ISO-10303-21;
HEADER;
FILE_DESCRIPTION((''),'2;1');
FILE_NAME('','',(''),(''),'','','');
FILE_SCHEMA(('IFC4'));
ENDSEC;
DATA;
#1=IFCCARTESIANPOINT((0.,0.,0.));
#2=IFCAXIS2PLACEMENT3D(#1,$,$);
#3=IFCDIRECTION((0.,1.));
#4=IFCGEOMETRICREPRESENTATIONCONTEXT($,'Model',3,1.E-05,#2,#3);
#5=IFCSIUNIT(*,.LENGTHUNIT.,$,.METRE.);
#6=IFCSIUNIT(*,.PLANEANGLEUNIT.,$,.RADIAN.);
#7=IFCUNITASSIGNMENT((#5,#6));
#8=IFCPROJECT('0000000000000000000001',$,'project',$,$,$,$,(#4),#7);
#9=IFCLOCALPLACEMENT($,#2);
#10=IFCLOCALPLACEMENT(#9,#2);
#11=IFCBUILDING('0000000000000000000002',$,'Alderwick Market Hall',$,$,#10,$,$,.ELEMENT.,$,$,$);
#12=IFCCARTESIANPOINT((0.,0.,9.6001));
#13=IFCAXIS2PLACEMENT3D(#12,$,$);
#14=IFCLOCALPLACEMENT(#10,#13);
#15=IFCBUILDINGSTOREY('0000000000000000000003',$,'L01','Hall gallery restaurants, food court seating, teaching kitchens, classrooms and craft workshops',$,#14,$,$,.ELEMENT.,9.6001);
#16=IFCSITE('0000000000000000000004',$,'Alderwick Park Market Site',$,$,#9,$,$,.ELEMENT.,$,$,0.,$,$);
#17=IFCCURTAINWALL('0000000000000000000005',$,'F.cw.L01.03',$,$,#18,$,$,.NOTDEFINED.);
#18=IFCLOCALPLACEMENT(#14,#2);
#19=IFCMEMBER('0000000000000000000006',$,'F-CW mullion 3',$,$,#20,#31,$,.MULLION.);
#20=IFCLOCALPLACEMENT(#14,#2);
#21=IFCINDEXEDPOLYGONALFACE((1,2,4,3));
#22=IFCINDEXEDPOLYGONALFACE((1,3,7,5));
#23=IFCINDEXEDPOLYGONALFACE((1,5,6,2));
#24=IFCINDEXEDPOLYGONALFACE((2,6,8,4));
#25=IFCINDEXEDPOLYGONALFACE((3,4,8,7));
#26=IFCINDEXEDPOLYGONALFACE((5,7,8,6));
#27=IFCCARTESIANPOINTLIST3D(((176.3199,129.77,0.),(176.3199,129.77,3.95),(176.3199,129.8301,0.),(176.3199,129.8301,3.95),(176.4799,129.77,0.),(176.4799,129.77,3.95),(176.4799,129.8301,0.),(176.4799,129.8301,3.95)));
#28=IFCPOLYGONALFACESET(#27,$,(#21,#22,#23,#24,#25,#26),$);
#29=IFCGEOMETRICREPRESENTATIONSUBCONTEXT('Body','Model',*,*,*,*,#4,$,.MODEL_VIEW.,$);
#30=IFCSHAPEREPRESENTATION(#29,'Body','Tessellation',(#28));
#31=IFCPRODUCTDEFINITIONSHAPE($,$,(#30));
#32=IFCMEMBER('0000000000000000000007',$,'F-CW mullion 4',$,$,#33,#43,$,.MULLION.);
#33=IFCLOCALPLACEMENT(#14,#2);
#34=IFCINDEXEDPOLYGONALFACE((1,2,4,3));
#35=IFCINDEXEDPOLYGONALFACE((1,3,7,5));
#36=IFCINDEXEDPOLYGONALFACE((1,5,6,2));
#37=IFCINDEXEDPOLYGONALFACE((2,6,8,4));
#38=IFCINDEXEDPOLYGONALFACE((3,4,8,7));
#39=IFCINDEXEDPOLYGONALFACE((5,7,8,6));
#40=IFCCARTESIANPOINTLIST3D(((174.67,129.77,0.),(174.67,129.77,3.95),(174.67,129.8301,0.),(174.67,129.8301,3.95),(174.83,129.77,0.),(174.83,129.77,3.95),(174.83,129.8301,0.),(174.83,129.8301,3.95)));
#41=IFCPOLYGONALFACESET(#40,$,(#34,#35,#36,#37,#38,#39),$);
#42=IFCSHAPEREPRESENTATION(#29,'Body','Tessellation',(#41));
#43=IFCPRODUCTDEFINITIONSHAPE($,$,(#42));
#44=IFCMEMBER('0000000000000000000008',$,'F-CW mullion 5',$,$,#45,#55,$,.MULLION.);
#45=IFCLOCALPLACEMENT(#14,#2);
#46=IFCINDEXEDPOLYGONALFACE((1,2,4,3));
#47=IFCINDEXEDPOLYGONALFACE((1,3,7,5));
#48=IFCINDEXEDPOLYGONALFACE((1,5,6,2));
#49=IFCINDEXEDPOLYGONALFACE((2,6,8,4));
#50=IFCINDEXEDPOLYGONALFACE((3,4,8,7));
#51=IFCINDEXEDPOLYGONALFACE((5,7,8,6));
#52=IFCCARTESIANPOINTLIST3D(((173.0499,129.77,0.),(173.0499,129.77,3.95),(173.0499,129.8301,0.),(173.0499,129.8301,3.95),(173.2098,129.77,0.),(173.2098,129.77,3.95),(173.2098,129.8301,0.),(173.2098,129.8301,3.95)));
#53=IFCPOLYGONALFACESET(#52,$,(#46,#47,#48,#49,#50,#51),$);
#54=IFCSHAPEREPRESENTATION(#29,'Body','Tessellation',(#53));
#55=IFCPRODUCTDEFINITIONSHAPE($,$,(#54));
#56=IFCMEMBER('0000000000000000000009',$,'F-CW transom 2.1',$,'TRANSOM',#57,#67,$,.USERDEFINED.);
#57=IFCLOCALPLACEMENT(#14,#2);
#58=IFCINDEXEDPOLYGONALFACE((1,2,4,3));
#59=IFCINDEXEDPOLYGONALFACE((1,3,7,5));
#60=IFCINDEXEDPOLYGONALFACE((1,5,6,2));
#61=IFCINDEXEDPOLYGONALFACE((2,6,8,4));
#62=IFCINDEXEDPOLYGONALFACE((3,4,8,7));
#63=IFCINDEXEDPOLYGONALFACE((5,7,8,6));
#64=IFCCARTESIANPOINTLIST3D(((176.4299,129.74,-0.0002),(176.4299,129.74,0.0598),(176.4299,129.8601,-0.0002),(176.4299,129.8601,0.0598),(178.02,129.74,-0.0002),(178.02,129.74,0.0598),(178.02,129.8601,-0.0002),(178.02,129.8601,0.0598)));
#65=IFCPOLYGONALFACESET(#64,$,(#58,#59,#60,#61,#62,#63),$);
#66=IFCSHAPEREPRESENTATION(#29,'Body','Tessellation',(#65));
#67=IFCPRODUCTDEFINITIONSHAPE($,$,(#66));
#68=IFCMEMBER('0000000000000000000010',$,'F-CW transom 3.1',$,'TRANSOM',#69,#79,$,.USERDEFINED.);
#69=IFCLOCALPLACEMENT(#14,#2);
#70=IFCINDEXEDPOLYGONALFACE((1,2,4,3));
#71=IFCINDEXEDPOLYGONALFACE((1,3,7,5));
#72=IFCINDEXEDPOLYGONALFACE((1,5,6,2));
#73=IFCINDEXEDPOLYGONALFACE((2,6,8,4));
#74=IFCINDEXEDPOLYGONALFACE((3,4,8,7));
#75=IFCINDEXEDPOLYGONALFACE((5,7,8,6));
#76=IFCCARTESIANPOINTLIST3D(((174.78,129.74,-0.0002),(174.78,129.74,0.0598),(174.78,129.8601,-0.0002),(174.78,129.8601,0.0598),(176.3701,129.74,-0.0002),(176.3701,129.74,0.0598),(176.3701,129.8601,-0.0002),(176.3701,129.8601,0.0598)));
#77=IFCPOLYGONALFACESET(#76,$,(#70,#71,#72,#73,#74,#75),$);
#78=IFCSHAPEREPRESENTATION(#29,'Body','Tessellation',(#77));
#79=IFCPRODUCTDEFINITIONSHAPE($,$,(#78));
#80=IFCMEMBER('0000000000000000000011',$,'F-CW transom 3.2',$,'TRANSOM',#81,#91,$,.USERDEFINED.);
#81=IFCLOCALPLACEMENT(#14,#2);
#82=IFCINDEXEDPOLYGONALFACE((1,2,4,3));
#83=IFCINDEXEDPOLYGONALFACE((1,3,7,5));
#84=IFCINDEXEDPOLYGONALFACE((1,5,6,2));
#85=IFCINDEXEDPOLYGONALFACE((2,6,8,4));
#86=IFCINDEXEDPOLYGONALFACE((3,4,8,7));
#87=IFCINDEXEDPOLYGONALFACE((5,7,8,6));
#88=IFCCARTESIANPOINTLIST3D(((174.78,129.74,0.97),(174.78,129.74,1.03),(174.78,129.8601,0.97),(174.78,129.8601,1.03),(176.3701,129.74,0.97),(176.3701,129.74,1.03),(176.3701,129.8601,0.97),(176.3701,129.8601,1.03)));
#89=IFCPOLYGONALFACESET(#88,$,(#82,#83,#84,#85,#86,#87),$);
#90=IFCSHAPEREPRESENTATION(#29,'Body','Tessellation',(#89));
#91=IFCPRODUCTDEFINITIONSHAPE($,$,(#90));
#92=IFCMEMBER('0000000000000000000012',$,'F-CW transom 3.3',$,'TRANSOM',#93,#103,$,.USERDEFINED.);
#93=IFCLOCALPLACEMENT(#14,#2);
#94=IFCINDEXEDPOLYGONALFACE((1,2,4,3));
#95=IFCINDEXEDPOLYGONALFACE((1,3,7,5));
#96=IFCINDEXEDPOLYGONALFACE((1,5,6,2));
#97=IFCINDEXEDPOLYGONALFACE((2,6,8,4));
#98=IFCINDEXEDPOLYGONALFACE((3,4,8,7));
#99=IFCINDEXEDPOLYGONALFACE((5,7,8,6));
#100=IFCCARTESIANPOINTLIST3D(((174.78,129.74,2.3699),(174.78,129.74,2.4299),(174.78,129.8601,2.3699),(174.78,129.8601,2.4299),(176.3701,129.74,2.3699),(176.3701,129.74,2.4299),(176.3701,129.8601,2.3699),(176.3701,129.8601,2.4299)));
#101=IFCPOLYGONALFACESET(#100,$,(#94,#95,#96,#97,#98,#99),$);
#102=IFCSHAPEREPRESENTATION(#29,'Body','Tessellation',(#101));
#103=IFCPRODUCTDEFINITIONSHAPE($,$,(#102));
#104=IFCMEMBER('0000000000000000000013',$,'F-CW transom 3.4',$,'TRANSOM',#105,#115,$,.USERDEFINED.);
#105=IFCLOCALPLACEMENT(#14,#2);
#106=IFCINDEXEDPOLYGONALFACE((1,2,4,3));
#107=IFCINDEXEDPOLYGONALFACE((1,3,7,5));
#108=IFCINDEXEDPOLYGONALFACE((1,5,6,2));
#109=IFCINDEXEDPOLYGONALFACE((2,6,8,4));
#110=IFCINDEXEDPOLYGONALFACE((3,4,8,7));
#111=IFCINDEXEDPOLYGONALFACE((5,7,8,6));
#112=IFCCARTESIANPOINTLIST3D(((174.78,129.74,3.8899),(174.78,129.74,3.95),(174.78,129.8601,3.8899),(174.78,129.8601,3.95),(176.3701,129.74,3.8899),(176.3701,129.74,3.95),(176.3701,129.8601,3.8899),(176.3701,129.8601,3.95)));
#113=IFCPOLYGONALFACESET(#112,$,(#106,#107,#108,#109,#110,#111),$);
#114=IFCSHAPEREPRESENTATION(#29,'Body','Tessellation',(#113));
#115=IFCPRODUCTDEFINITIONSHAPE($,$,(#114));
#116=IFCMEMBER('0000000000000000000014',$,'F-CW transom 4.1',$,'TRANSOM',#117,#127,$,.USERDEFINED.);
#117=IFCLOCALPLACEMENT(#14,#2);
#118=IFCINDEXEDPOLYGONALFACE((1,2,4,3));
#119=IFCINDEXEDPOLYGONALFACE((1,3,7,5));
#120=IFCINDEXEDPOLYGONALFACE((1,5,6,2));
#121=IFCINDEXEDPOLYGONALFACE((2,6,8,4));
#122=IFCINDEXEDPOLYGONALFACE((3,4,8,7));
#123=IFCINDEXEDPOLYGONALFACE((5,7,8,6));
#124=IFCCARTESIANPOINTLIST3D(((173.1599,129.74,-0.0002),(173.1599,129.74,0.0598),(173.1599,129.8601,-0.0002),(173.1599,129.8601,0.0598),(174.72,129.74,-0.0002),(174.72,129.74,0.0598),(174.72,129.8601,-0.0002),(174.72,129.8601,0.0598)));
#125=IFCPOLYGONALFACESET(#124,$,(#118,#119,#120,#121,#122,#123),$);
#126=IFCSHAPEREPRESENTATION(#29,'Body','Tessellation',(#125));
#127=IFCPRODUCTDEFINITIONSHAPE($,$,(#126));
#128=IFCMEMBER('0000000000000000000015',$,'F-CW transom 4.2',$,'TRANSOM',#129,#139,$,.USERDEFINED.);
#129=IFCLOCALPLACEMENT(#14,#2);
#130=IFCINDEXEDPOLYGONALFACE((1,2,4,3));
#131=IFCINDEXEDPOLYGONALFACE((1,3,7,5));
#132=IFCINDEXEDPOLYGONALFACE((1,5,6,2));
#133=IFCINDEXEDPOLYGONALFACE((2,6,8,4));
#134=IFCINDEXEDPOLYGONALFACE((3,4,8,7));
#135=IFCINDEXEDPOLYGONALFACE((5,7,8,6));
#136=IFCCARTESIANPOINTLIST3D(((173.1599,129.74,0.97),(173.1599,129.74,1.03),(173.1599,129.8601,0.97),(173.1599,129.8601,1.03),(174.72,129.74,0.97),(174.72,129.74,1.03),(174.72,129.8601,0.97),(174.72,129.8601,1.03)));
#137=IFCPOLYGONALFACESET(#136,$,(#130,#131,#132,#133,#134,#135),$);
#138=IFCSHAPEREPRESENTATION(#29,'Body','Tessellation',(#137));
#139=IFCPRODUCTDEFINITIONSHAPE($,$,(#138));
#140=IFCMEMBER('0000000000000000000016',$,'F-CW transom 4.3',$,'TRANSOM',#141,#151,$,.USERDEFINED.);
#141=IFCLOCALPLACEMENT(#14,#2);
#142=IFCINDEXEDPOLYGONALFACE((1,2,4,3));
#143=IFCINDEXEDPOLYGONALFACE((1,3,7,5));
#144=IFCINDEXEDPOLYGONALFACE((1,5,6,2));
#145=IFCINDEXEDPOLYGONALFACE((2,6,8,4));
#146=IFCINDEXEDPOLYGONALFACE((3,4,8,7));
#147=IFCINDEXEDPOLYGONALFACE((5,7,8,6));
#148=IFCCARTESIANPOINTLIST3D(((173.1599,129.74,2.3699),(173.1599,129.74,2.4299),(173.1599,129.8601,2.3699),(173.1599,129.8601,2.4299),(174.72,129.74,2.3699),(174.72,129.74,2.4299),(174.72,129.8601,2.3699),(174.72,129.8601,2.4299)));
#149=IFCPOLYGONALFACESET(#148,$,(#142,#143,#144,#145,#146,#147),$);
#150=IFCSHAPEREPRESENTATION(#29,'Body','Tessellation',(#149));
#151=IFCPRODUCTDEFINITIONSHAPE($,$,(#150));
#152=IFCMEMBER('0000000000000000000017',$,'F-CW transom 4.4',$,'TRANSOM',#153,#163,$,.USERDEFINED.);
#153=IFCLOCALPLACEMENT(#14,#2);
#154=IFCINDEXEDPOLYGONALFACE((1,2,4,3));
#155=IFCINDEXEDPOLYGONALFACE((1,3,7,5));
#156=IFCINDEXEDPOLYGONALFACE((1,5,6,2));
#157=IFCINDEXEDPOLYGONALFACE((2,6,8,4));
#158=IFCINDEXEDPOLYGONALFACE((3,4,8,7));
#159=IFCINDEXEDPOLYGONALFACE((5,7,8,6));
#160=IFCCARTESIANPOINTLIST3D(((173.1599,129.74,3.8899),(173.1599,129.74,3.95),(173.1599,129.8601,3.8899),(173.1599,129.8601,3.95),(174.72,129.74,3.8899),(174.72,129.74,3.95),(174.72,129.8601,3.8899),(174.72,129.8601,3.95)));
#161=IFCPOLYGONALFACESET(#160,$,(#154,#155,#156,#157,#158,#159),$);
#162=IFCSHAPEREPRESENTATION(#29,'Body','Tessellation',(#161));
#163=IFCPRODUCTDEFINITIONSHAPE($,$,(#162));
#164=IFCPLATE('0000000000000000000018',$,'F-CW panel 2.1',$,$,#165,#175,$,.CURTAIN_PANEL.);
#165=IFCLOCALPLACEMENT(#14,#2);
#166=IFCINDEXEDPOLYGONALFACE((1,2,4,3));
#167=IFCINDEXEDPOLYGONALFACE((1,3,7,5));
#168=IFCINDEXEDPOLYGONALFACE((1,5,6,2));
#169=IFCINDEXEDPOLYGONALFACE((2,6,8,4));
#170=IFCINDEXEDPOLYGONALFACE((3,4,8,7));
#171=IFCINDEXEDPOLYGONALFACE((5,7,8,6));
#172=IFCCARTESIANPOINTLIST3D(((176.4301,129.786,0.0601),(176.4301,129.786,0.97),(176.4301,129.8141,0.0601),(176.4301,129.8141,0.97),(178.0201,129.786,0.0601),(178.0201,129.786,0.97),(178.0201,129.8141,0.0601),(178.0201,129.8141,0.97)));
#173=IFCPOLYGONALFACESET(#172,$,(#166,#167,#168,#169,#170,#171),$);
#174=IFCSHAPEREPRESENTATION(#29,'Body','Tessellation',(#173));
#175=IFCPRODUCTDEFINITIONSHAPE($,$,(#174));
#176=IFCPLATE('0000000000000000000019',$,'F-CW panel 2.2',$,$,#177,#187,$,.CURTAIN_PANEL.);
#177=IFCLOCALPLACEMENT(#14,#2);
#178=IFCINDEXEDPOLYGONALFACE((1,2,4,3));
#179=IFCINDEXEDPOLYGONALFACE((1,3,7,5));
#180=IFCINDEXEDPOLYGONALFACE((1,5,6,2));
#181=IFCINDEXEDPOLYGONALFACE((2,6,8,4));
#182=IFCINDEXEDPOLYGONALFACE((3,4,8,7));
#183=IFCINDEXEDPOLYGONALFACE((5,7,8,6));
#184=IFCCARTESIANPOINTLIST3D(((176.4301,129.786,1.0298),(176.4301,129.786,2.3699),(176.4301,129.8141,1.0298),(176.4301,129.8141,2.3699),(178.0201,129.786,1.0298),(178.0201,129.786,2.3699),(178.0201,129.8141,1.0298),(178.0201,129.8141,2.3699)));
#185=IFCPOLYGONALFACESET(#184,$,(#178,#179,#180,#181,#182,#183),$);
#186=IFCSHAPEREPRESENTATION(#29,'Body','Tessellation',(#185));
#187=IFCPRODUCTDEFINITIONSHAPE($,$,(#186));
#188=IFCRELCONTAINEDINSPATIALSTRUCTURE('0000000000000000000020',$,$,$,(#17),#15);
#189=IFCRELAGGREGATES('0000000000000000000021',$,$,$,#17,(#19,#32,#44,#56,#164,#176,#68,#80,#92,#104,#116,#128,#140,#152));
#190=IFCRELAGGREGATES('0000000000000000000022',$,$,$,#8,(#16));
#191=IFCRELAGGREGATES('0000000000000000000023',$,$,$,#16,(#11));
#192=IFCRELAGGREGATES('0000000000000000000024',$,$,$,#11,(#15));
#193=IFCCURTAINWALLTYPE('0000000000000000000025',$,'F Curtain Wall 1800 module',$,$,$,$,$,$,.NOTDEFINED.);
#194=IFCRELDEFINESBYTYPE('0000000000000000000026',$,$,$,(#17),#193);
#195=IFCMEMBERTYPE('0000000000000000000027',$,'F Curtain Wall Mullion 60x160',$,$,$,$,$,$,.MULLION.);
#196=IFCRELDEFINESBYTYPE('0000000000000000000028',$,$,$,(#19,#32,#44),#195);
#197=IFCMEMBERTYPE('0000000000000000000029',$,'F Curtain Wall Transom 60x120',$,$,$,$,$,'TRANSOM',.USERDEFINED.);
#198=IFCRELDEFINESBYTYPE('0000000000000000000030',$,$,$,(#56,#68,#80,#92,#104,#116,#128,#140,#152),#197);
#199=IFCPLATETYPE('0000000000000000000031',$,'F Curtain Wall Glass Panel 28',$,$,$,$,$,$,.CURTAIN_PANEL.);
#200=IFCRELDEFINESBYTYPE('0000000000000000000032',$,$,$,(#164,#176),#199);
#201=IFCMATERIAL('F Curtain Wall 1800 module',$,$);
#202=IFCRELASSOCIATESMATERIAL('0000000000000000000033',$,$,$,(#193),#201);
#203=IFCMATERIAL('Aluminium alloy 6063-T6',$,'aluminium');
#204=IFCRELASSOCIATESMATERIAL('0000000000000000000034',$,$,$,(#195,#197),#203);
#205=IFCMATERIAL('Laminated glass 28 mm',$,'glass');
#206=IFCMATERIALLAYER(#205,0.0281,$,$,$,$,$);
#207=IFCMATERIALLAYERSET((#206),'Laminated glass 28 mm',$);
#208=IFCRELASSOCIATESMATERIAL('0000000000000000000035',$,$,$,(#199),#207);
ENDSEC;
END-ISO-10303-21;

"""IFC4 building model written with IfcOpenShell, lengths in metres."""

from ifc_helpers import new_model, si_unit, direction, frame, origin, origin_2d, place, context, subcontext, project, spatial, rectangle, extrude, material, layer, layer_set, material_profile, profile_set, type_object, element, aggregate, save


model = new_model("IFC4")

# Units and contexts
model_context = context("Model", 3, precision=1e-05, world=origin(), true_north=direction((0.0, 1.0)))
body_context = subcontext(model_context, "Body", "Model", "MODEL_VIEW")
ifc_project = project(units=[si_unit("LENGTHUNIT", "METRE"), si_unit("PLANEANGLEUNIT", "RADIAN")], contexts=[model_context])

# Site, building, storey
site_placement = place(None, origin())
site = spatial("IfcSite", under=ifc_project, at=site_placement, Name="Alderwick Park Market Site", CompositionType="ELEMENT", RefElevation=0.0)
building_placement = place(site_placement, origin())
building = spatial("IfcBuilding", under=site, at=building_placement, Name="Alderwick Market Hall", CompositionType="ELEMENT")
storey_placement = place(building_placement, frame((0.0, 0.0, 9.6001)))
storey = spatial("IfcBuildingStorey", under=building, at=storey_placement, Name="L01", Description="Hall gallery restaurants, food court seating, teaching kitchens, classrooms and craft workshops", CompositionType="ELEMENT", Elevation=9.6001)

# Curtain wall, members, plates
ifc_material_1 = material(Name="F Curtain Wall 1800 module")
curtain_wall_type = type_object("IfcCurtainWallType", Name="F Curtain Wall 1800 module", PredefinedType="NOTDEFINED", material=ifc_material_1)
curtain_wall_placement = place(storey_placement, origin())
curtain_wall = element("IfcCurtainWall", 1, at=curtain_wall_placement, inside=storey, type_object=curtain_wall_type, Name="F.cw.L01.03", PredefinedType="NOTDEFINED")
ifc_material_2 = material(Name="Aluminium alloy 6063-T6", Category="aluminium")
ifc_material_profile_1 = material_profile(ifc_material_2, rectangle(XDim=0.0601, YDim=0.1599, at=origin_2d()), Name="AL 60x160")
ifc_profile_set_1 = profile_set([ifc_material_profile_1], Name="Aluminium alloy 6063-T6")
member_type_1 = type_object("IfcMemberType", Name="F Curtain Wall Mullion 60x160", PredefinedType="MULLION", material=ifc_profile_set_1)
member_1_placement = place(storey_placement, frame((176.3999, 129.8, 0.0), z_axis=(0.0, 0.0, 1.0), x_axis=(0.0, -1.0, 0.0)))
member_1 = element("IfcMember", 2, at=member_1_placement, type_object=member_type_1, Name="F-CW mullion 3", PredefinedType="MULLION", context=body_context, shape_type="SweptSolid", body=[
    extrude(rectangle(XDim=0.0601, YDim=0.1599, at=origin_2d()), origin(), (0.0, 0.0, 1.0), 3.95),
])
member_2_placement = place(storey_placement, frame((174.75, 129.8, 0.0), z_axis=(0.0, 0.0, 1.0), x_axis=(0.0, -1.0, 0.0)))
member_2 = element("IfcMember", 3, at=member_2_placement, type_object=member_type_1, Name="F-CW mullion 4", PredefinedType="MULLION", context=body_context, shape_type="SweptSolid", body=[
    extrude(rectangle(XDim=0.0601, YDim=0.1599, at=origin_2d()), origin(), (0.0, 0.0, 1.0), 3.95),
])
member_3_placement = place(storey_placement, frame((173.1299, 129.8, 0.0), z_axis=(0.0, 0.0, 1.0), x_axis=(0.0, -1.0, 0.0)))
member_3 = element("IfcMember", 4, at=member_3_placement, type_object=member_type_1, Name="F-CW mullion 5", PredefinedType="MULLION", context=body_context, shape_type="SweptSolid", body=[
    extrude(rectangle(XDim=0.0601, YDim=0.1599, at=origin_2d()), origin(), (0.0, 0.0, 1.0), 3.95),
])
ifc_material_profile_2 = material_profile(ifc_material_2, rectangle(XDim=0.1201, YDim=0.0601, at=origin_2d()), Name="AL 60x120")
ifc_profile_set_2 = profile_set([ifc_material_profile_2], Name="Aluminium alloy 6063-T6")
member_type_2 = type_object("IfcMemberType", Name="F Curtain Wall Transom 60x120", ElementType="TRANSOM", PredefinedType="USERDEFINED", material=ifc_profile_set_2)
member_4_placement = place(storey_placement, frame((178.02, 129.8, 0.0298), z_axis=(-1.0, 0.0, 0.0), x_axis=(0.0, -1.0, 0.0)))
member_4 = element("IfcMember", 5, at=member_4_placement, type_object=member_type_2, Name="F-CW transom 2.1", ObjectType="TRANSOM", PredefinedType="USERDEFINED", context=body_context, shape_type="SweptSolid", body=[
    extrude(rectangle(XDim=0.1201, YDim=0.0601, at=origin_2d()), origin(), (0.0, 0.0, 1.0), 1.5901),
])
member_5_placement = place(storey_placement, frame((176.3701, 129.8, 0.0298), z_axis=(-1.0, 0.0, 0.0), x_axis=(0.0, -1.0, 0.0)))
member_5 = element("IfcMember", 6, at=member_5_placement, type_object=member_type_2, Name="F-CW transom 3.1", ObjectType="TRANSOM", PredefinedType="USERDEFINED", context=body_context, shape_type="SweptSolid", body=[
    extrude(rectangle(XDim=0.1201, YDim=0.0601, at=origin_2d()), origin(), (0.0, 0.0, 1.0), 1.5901),
])
member_6_placement = place(storey_placement, frame((176.3701, 129.8, 1.0), z_axis=(-1.0, 0.0, 0.0), x_axis=(0.0, -1.0, 0.0)))
member_6 = element("IfcMember", 7, at=member_6_placement, type_object=member_type_2, Name="F-CW transom 3.2", ObjectType="TRANSOM", PredefinedType="USERDEFINED", context=body_context, shape_type="SweptSolid", body=[
    extrude(rectangle(XDim=0.1201, YDim=0.0601, at=origin_2d()), origin(), (0.0, 0.0, 1.0), 1.5901),
])
member_7_placement = place(storey_placement, frame((176.3701, 129.8, 2.3999), z_axis=(-1.0, 0.0, 0.0), x_axis=(0.0, -1.0, 0.0)))
member_7 = element("IfcMember", 8, at=member_7_placement, type_object=member_type_2, Name="F-CW transom 3.3", ObjectType="TRANSOM", PredefinedType="USERDEFINED", context=body_context, shape_type="SweptSolid", body=[
    extrude(rectangle(XDim=0.1201, YDim=0.0601, at=origin_2d()), origin(), (0.0, 0.0, 1.0), 1.5901),
])
member_8_placement = place(storey_placement, frame((176.3701, 129.8, 3.9199), z_axis=(-1.0, 0.0, 0.0), x_axis=(0.0, -1.0, 0.0)))
member_8 = element("IfcMember", 9, at=member_8_placement, type_object=member_type_2, Name="F-CW transom 3.4", ObjectType="TRANSOM", PredefinedType="USERDEFINED", context=body_context, shape_type="SweptSolid", body=[
    extrude(rectangle(XDim=0.1201, YDim=0.0601, at=origin_2d()), origin(), (0.0, 0.0, 1.0), 1.5901),
])
member_9_placement = place(storey_placement, frame((174.72, 129.8, 0.0298), z_axis=(-1.0, 0.0, 0.0), x_axis=(0.0, -1.0, 0.0)))
member_9 = element("IfcMember", 10, at=member_9_placement, type_object=member_type_2, Name="F-CW transom 4.1", ObjectType="TRANSOM", PredefinedType="USERDEFINED", context=body_context, shape_type="SweptSolid", body=[
    extrude(rectangle(XDim=0.1201, YDim=0.0601, at=origin_2d()), origin(), (0.0, 0.0, 1.0), 1.5601),
])
member_10_placement = place(storey_placement, frame((174.72, 129.8, 1.0), z_axis=(-1.0, 0.0, 0.0), x_axis=(0.0, -1.0, 0.0)))
member_10 = element("IfcMember", 11, at=member_10_placement, type_object=member_type_2, Name="F-CW transom 4.2", ObjectType="TRANSOM", PredefinedType="USERDEFINED", context=body_context, shape_type="SweptSolid", body=[
    extrude(rectangle(XDim=0.1201, YDim=0.0601, at=origin_2d()), origin(), (0.0, 0.0, 1.0), 1.5601),
])
member_11_placement = place(storey_placement, frame((174.72, 129.8, 2.3999), z_axis=(-1.0, 0.0, 0.0), x_axis=(0.0, -1.0, 0.0)))
member_11 = element("IfcMember", 12, at=member_11_placement, type_object=member_type_2, Name="F-CW transom 4.3", ObjectType="TRANSOM", PredefinedType="USERDEFINED", context=body_context, shape_type="SweptSolid", body=[
    extrude(rectangle(XDim=0.1201, YDim=0.0601, at=origin_2d()), origin(), (0.0, 0.0, 1.0), 1.5601),
])
member_12_placement = place(storey_placement, frame((174.72, 129.8, 3.9199), z_axis=(-1.0, 0.0, 0.0), x_axis=(0.0, -1.0, 0.0)))
member_12 = element("IfcMember", 13, at=member_12_placement, type_object=member_type_2, Name="F-CW transom 4.4", ObjectType="TRANSOM", PredefinedType="USERDEFINED", context=body_context, shape_type="SweptSolid", body=[
    extrude(rectangle(XDim=0.1201, YDim=0.0601, at=origin_2d()), origin(), (0.0, 0.0, 1.0), 1.5601),
])
ifc_material_3 = material(Name="Laminated glass 28 mm", Category="glass")
ifc_layer = layer(ifc_material_3, 0.0281)
ifc_layer_set = layer_set([ifc_layer], Name="Laminated glass 28 mm")
plate_type = type_object("IfcPlateType", Name="F Curtain Wall Glass Panel 28", PredefinedType="CURTAIN_PANEL", material=ifc_layer_set)
plate_1_placement = place(storey_placement, frame((177.2251, 129.8, 0.0601), z_axis=(0.0, 0.0, 1.0), x_axis=(-1.0, 0.0, 0.0)))
plate_1 = element("IfcPlate", 14, at=plate_1_placement, type_object=plate_type, Name="F-CW panel 2.1", PredefinedType="CURTAIN_PANEL", context=body_context, shape_type="SweptSolid", body=[
    extrude(rectangle(XDim=1.5901, YDim=0.0281, at=origin_2d()), origin(), (0.0, 0.0, 1.0), 0.9099),
])
plate_2_placement = place(storey_placement, frame((177.2251, 129.8, 1.0298), z_axis=(0.0, 0.0, 1.0), x_axis=(-1.0, 0.0, 0.0)))
plate_2 = element("IfcPlate", 15, at=plate_2_placement, type_object=plate_type, Name="F-CW panel 2.2", PredefinedType="CURTAIN_PANEL", context=body_context, shape_type="SweptSolid", body=[
    extrude(rectangle(XDim=1.5901, YDim=0.0281, at=origin_2d()), origin(), (0.0, 0.0, 1.0), 1.3401),
])
aggregate(curtain_wall, [member_1, member_2, member_3, member_4, plate_1, plate_2, member_5, member_6, member_7, member_8, member_9, member_10, member_11, member_12])

save(model, "model.ifc")
